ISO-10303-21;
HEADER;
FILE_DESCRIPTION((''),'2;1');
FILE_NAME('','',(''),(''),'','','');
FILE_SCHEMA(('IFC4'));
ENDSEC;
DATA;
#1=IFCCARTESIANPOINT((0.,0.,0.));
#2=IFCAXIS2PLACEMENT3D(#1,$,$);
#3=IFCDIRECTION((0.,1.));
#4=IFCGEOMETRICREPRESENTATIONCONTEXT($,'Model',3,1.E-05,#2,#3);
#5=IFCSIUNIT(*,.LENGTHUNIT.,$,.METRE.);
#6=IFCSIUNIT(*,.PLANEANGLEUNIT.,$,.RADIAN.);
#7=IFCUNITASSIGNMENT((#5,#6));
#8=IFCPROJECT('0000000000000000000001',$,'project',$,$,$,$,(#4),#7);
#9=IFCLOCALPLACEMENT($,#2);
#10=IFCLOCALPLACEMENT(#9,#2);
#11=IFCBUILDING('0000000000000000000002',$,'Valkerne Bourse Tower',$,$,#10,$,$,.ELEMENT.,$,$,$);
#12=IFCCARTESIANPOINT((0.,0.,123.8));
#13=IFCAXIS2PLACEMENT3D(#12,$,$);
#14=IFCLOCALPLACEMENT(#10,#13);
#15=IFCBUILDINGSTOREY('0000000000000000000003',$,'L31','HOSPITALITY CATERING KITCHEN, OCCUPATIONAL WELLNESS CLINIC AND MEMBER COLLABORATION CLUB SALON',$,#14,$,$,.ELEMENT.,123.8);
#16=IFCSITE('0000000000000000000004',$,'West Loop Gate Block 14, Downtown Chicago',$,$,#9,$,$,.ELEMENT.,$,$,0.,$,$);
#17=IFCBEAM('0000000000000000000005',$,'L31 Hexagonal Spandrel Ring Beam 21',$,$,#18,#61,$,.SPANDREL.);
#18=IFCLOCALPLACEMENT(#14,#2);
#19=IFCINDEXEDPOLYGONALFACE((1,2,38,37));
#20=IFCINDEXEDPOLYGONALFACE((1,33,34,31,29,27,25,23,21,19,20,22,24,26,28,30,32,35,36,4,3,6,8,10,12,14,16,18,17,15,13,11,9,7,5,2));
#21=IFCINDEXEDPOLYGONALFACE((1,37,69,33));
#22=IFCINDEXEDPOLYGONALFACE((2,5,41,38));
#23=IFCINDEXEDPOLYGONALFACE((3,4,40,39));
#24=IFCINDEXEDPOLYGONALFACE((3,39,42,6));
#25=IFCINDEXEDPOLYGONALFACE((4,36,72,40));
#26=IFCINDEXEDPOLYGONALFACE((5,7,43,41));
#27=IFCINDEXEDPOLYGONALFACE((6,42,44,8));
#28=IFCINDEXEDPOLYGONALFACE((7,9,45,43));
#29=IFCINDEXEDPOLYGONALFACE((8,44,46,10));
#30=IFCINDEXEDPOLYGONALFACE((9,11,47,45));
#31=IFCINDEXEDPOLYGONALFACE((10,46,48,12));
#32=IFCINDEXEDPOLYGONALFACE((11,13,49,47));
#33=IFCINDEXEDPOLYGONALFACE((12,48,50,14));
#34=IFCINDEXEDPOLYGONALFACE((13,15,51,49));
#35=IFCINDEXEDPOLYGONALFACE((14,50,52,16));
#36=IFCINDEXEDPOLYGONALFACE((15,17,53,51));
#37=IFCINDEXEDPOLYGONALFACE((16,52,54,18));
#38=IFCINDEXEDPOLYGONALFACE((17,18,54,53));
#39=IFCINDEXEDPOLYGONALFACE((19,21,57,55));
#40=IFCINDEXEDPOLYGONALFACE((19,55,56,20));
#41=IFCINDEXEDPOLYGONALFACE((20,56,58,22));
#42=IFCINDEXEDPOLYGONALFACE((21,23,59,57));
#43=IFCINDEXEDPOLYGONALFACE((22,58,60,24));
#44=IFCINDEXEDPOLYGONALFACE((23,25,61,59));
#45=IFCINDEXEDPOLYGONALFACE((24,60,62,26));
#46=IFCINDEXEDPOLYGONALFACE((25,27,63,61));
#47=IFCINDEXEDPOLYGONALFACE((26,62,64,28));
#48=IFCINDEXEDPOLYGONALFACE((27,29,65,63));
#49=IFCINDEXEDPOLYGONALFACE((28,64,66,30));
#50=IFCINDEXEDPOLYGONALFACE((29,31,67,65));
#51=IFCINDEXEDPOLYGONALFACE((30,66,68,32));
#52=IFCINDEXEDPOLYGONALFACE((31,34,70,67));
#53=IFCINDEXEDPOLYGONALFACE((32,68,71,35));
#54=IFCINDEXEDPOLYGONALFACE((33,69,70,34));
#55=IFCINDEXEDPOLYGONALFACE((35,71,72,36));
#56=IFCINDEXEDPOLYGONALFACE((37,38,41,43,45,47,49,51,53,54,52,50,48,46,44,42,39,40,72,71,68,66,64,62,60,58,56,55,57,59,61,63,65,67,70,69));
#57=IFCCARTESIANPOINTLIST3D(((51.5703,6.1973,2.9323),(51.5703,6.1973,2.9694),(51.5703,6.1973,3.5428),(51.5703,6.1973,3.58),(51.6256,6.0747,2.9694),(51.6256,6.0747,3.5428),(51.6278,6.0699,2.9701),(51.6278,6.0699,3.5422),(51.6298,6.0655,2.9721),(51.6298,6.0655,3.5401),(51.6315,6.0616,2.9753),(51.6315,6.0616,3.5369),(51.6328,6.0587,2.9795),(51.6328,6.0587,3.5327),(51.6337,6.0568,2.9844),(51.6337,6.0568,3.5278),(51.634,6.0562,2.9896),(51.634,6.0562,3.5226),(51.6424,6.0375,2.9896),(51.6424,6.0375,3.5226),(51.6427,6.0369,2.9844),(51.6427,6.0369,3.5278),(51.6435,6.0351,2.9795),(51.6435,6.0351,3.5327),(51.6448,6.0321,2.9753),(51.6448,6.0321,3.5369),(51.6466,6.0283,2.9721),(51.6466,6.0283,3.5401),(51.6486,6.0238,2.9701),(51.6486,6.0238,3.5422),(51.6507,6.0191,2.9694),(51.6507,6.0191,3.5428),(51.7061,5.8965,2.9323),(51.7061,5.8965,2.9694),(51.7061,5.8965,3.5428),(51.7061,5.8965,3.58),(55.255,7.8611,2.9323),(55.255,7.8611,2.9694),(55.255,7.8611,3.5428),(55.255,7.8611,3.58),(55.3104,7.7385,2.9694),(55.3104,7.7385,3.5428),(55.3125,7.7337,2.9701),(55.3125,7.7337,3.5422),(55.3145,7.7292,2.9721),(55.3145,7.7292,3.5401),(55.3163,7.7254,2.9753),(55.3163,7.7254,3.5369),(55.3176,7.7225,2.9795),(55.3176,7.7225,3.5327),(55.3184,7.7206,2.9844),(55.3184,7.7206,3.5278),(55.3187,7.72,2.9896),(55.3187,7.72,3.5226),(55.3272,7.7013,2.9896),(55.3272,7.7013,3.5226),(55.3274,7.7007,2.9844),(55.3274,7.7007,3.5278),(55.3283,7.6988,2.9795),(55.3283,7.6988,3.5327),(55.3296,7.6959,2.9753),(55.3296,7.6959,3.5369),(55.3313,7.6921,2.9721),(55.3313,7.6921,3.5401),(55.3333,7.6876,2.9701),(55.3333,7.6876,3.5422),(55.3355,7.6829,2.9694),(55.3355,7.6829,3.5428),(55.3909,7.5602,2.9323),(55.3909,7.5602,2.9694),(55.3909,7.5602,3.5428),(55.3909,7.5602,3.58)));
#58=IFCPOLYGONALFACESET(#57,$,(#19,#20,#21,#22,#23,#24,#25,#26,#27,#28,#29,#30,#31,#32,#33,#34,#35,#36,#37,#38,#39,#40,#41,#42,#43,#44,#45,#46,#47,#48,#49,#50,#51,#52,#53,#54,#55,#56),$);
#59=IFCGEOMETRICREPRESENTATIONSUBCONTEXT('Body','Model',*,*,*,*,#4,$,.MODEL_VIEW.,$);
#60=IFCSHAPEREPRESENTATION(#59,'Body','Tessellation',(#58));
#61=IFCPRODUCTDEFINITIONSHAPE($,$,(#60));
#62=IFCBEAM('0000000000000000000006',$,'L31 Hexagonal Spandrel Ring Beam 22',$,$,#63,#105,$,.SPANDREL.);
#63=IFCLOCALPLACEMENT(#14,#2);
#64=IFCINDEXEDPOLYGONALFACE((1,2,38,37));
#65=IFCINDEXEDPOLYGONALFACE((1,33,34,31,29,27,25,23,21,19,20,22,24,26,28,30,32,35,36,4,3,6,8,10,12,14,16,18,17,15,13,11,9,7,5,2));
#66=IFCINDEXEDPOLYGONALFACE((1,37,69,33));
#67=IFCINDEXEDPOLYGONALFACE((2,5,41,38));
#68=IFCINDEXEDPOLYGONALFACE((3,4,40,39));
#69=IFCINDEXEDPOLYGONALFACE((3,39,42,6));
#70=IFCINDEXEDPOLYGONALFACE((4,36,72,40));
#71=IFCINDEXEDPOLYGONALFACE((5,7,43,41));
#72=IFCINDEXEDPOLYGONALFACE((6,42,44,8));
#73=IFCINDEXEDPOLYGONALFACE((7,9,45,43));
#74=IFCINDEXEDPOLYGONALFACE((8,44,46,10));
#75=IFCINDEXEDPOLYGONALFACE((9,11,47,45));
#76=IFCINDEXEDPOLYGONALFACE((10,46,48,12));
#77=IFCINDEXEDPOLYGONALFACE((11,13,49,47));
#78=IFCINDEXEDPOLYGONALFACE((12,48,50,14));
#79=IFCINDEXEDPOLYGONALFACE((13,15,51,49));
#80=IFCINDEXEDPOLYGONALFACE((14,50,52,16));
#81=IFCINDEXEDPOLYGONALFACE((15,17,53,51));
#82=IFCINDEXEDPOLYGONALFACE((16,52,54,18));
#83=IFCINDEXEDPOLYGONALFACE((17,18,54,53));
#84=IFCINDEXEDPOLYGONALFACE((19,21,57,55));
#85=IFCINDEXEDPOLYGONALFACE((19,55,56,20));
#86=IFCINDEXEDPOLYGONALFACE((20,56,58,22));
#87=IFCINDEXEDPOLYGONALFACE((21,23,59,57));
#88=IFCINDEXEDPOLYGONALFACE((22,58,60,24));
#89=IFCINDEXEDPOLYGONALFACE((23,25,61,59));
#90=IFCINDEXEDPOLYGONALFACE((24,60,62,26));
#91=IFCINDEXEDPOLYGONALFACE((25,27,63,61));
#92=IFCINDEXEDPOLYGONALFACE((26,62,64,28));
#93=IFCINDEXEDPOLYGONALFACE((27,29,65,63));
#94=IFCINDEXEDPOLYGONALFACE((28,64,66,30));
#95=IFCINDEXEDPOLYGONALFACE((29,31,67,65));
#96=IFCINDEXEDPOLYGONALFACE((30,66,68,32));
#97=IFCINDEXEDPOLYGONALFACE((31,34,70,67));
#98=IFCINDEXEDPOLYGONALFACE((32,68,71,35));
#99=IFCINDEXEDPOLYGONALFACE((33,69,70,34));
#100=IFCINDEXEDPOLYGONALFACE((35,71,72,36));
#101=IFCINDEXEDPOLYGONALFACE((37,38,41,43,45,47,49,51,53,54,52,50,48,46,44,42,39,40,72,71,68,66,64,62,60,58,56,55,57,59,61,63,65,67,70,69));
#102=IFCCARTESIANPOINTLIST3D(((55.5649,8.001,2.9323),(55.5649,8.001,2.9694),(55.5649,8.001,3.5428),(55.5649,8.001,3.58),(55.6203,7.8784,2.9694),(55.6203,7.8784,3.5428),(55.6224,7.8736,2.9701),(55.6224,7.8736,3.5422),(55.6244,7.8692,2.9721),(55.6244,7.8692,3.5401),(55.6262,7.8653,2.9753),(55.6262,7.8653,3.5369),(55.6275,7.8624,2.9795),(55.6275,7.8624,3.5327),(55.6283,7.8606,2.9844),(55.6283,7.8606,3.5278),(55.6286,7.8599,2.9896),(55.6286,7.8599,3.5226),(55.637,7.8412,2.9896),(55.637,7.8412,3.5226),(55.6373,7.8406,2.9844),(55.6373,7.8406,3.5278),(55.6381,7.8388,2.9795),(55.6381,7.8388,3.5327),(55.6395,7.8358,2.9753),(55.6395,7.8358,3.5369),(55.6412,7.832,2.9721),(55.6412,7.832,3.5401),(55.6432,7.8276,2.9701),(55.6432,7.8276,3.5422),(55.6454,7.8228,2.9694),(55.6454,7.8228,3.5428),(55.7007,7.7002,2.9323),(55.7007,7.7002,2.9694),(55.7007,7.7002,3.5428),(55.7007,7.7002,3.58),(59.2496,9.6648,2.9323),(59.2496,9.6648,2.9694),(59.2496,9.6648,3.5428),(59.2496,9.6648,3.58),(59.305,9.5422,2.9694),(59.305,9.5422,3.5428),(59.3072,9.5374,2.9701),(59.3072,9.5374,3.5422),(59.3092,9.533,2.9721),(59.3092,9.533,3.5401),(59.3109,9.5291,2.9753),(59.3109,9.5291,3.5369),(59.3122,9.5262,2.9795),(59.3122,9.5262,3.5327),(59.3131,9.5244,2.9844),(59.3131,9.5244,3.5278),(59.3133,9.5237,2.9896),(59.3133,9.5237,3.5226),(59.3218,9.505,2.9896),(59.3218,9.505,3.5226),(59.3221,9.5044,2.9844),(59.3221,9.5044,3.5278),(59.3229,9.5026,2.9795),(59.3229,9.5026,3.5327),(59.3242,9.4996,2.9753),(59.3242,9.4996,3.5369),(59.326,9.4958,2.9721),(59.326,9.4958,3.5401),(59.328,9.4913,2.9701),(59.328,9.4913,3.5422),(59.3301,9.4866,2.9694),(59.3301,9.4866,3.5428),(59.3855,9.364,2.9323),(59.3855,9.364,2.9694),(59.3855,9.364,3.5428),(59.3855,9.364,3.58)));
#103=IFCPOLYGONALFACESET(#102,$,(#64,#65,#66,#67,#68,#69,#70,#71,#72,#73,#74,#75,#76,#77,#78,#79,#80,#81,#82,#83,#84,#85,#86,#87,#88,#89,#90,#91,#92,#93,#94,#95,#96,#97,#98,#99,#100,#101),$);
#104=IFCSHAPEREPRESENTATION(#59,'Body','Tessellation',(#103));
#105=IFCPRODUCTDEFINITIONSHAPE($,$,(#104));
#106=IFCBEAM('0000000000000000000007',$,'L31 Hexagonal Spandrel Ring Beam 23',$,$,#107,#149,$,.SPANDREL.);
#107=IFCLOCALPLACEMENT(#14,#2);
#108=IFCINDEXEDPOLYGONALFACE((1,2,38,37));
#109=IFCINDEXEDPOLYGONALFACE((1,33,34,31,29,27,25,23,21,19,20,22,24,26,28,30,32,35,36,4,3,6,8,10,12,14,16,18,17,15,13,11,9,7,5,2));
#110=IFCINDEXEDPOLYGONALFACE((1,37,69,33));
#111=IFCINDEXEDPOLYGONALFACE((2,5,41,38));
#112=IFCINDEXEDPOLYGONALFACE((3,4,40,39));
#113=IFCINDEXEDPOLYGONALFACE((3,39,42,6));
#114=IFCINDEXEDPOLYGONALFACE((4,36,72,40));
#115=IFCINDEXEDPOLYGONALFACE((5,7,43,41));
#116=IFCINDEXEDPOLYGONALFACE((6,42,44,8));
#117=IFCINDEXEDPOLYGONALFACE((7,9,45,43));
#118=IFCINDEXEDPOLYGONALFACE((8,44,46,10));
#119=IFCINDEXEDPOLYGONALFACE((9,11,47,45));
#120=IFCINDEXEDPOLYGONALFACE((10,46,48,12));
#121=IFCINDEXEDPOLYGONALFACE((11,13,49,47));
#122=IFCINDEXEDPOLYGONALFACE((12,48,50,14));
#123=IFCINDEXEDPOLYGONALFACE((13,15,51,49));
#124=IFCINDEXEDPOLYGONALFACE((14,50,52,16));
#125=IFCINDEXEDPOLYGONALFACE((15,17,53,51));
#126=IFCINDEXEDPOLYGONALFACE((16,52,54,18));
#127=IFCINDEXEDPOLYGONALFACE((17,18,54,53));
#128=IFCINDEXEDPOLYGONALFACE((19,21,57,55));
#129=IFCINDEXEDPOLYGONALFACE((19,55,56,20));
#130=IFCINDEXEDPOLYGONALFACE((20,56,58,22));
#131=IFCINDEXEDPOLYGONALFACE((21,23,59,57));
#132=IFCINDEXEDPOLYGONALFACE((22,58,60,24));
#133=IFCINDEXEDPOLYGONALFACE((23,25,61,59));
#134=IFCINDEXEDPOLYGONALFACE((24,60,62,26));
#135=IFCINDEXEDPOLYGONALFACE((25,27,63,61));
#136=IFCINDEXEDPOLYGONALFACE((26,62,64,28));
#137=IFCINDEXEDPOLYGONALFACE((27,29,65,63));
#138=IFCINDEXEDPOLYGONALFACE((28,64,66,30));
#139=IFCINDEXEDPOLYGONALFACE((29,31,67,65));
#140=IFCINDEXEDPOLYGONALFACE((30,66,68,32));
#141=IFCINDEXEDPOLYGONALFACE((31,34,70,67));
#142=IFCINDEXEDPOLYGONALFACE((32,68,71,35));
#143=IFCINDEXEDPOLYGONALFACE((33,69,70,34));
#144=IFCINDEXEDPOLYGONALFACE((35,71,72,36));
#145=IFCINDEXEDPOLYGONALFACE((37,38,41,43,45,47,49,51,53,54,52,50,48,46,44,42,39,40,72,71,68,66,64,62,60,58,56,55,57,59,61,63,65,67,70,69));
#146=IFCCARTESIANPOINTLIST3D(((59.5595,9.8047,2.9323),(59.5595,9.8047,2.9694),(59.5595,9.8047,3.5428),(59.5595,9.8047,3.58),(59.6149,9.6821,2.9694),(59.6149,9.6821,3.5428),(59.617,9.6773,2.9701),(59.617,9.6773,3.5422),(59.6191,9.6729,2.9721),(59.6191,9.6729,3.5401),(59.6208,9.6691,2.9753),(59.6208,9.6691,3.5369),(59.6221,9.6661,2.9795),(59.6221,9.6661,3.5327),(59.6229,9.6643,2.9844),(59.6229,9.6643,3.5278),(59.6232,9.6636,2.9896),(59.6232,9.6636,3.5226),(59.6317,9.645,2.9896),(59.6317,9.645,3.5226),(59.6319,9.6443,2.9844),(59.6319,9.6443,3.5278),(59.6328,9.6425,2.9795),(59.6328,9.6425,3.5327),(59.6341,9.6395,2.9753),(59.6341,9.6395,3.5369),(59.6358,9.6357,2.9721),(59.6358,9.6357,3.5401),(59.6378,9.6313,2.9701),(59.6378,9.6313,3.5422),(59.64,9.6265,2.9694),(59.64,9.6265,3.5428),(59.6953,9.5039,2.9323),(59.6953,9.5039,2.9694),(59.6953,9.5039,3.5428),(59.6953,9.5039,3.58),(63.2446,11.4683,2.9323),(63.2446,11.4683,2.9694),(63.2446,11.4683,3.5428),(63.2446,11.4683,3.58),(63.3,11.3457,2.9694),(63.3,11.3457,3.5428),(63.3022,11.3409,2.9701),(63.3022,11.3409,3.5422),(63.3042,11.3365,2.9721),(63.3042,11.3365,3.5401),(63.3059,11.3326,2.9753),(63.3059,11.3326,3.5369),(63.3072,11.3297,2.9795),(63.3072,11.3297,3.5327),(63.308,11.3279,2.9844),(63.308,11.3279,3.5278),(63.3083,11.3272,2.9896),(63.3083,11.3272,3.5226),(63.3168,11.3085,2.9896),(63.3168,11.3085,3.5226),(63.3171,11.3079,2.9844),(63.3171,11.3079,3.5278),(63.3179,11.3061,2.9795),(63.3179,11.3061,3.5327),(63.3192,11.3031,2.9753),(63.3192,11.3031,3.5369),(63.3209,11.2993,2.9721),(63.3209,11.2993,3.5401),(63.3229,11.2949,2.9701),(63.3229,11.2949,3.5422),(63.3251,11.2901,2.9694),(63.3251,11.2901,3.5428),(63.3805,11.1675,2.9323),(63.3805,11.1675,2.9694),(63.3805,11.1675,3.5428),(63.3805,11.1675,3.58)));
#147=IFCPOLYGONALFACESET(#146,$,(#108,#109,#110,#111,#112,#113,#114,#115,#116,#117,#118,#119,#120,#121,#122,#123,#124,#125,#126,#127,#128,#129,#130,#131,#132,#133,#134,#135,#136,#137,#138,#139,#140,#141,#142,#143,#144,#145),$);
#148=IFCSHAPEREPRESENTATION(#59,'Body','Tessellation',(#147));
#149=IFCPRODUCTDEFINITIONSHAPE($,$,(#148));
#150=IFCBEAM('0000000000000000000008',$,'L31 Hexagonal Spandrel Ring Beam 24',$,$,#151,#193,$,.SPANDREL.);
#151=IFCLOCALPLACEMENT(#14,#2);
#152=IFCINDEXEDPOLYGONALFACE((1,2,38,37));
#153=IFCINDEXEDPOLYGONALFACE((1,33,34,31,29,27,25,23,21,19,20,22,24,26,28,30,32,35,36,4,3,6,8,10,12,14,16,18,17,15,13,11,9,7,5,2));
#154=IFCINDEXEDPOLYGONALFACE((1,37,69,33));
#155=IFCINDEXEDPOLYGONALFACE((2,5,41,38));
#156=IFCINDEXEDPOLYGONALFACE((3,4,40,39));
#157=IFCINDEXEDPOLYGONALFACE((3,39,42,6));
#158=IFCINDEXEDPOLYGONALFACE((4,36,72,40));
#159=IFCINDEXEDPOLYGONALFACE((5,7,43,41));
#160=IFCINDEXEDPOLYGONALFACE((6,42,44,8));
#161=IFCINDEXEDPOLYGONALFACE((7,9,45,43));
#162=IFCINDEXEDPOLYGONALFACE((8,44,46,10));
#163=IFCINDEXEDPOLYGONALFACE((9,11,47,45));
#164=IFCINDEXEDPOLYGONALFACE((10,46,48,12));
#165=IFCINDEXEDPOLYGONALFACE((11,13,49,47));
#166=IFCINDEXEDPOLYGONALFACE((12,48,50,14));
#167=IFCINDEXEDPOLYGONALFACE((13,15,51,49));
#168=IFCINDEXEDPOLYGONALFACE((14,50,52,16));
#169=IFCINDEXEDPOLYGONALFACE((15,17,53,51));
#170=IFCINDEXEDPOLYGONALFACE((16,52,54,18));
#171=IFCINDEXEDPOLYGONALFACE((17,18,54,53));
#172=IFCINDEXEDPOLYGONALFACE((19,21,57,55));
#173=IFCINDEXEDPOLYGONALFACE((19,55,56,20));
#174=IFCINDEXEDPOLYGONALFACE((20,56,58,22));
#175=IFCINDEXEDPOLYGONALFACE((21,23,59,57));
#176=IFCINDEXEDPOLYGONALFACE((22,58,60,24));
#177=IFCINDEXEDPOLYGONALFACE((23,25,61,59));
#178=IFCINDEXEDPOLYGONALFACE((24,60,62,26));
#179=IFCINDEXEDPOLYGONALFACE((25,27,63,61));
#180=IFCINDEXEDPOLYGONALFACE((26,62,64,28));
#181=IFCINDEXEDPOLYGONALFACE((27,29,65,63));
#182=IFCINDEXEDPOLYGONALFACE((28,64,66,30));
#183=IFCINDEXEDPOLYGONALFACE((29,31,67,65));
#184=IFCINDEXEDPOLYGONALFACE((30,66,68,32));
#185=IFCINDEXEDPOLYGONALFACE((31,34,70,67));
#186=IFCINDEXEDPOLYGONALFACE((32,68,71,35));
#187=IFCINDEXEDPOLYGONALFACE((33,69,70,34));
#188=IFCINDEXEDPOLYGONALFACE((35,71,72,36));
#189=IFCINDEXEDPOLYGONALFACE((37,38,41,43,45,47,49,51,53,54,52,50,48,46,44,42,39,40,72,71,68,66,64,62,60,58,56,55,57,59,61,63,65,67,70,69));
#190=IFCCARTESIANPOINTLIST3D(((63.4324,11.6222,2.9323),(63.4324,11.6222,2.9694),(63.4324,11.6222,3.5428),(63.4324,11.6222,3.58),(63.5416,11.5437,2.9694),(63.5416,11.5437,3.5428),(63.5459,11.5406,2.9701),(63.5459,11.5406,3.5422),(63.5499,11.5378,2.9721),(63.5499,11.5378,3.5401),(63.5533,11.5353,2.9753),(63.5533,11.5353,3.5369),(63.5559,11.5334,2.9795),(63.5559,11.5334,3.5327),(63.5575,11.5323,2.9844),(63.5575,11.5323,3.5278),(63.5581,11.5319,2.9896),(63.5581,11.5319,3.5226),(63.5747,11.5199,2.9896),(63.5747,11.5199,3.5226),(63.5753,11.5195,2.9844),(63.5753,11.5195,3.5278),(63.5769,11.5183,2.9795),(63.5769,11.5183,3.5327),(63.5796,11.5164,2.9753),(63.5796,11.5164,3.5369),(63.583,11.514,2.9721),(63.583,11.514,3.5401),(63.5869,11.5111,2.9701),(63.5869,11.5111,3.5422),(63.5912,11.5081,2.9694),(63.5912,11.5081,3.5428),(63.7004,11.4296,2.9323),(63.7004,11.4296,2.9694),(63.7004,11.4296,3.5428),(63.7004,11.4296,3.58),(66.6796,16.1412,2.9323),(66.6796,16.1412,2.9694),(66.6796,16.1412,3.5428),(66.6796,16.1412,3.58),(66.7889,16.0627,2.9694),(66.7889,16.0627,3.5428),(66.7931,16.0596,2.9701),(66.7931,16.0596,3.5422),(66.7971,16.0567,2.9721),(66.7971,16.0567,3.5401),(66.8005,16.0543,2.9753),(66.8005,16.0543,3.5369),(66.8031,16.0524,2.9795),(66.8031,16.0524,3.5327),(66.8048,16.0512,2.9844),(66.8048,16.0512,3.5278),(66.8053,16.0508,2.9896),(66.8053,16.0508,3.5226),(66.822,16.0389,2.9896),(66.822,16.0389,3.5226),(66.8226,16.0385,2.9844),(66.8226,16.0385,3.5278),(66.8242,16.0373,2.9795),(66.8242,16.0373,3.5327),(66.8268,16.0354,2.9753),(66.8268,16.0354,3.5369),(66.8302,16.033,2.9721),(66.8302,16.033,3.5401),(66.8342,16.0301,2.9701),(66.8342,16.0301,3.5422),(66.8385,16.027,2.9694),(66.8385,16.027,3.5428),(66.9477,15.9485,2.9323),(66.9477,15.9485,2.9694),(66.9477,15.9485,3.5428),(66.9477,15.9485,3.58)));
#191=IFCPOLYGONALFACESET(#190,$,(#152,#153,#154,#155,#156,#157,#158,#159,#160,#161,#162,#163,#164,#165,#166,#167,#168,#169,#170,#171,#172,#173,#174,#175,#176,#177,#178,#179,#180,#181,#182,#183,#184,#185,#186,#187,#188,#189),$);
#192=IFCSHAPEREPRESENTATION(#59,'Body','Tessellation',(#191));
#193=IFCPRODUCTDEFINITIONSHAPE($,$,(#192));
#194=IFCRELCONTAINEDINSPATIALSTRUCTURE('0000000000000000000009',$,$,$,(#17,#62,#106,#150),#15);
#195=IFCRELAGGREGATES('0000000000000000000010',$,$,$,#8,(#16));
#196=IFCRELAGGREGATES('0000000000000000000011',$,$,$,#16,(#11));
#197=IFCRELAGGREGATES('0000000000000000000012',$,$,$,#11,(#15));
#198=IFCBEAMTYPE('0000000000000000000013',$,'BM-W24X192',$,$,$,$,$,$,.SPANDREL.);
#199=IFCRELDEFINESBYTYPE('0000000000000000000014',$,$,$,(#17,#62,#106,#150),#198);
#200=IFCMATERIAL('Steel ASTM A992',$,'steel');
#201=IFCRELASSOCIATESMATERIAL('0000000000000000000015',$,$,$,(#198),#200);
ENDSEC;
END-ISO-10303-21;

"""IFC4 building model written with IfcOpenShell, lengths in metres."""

from ifc_helpers import new_model, si_unit, direction, frame, origin, origin_2d, place, context, subcontext, project, spatial, i_section, extrude, material, material_profile, profile_set, type_object, element, save


model = new_model("IFC4")

# Units and contexts
model_context = context("Model", 3, precision=1e-05, world=origin(), true_north=direction((0.0, 1.0)))
body_context = subcontext(model_context, "Body", "Model", "MODEL_VIEW")
ifc_project = project(units=[si_unit("LENGTHUNIT", "METRE"), si_unit("PLANEANGLEUNIT", "RADIAN")], contexts=[model_context])

# Site, building, storey
site_placement = place(None, origin())
site = spatial("IfcSite", under=ifc_project, at=site_placement, Name="West Loop Gate Block 14, Downtown Chicago", CompositionType="ELEMENT", RefElevation=0.0)
building_placement = place(site_placement, origin())
building = spatial("IfcBuilding", under=site, at=building_placement, Name="Valkerne Bourse Tower", CompositionType="ELEMENT")
storey_placement = place(building_placement, frame((0.0, 0.0, 123.8)))
storey = spatial("IfcBuildingStorey", under=building, at=storey_placement, Name="L31", Description="HOSPITALITY CATERING KITCHEN, OCCUPATIONAL WELLNESS CLINIC AND MEMBER COLLABORATION CLUB SALON", CompositionType="ELEMENT", Elevation=123.8)

# Beams
ifc_material_1 = material(Name="Steel ASTM A992", Category="steel")
ifc_material_profile_1 = material_profile(ifc_material_1, i_section(OverallWidth=0.3301, OverallDepth=0.6477, WebThickness=0.0205, FlangeThickness=0.0371, FilletRadius=0.0203, at=origin_2d()), Name="W24X192")
ifc_profile_set_1 = profile_set([ifc_material_profile_1], Name="Steel ASTM A992")
beam_type = type_object("IfcBeamType", Name="BM-W24X192", PredefinedType="SPANDREL", material=ifc_profile_set_1)
for number, where, z_axis, x_axis, name in (
    (1, (51.6382, 6.0469, 3.2561), (0.911398, 0.411527, 0.0), (-0.411527, 0.911398, 0.0), "L31 Hexagonal Spandrel Ring Beam 21"),
    (2, (55.6328, 7.8506, 3.2561), (0.911398, 0.411527, 0.0), (-0.411527, 0.911398, 0.0), "L31 Hexagonal Spandrel Ring Beam 22"),
):
    element("IfcBeam", number, at=place(storey_placement, frame(where, z_axis=z_axis, x_axis=x_axis)), inside=storey, type_object=beam_type, Name=name, PredefinedType="SPANDREL", context=body_context, shape_type="SweptSolid", body=[
        extrude(i_section(OverallWidth=0.3301, OverallDepth=0.6477, WebThickness=0.0205, FlangeThickness=0.0371, FilletRadius=0.0203, at=origin_2d()), origin(), (0.0, 0.0, 1.0), 4.043),
    ])
beam_1_placement = place(storey_placement, frame((59.6274, 9.6543, 3.2561), z_axis=(0.911431, 0.411454, 0.0), x_axis=(-0.411454, 0.911431, 0.0)))
element("IfcBeam", 3, at=beam_1_placement, inside=storey, type_object=beam_type, Name="L31 Hexagonal Spandrel Ring Beam 23", PredefinedType="SPANDREL", context=body_context, shape_type="SweptSolid", body=[
    extrude(i_section(OverallWidth=0.3301, OverallDepth=0.6477, WebThickness=0.0205, FlangeThickness=0.0371, FilletRadius=0.0203, at=origin_2d()), origin(), (0.0, 0.0, 1.0), 4.0432),
])
beam_2_placement = place(storey_placement, frame((63.5664, 11.5259, 3.2561), z_axis=(0.583547, 0.812079, 0.0), x_axis=(-0.812079, 0.583547, 0.0)))
element("IfcBeam", 4, at=beam_2_placement, inside=storey, type_object=beam_type, Name="L31 Hexagonal Spandrel Ring Beam 24", PredefinedType="SPANDREL", context=body_context, shape_type="SweptSolid", body=[
    extrude(i_section(OverallWidth=0.3301, OverallDepth=0.6477, WebThickness=0.0205, FlangeThickness=0.0371, FilletRadius=0.0203, at=origin_2d()), origin(), (0.0, 0.0, 1.0), 5.5647),
])

save(model, "model.ifc")
